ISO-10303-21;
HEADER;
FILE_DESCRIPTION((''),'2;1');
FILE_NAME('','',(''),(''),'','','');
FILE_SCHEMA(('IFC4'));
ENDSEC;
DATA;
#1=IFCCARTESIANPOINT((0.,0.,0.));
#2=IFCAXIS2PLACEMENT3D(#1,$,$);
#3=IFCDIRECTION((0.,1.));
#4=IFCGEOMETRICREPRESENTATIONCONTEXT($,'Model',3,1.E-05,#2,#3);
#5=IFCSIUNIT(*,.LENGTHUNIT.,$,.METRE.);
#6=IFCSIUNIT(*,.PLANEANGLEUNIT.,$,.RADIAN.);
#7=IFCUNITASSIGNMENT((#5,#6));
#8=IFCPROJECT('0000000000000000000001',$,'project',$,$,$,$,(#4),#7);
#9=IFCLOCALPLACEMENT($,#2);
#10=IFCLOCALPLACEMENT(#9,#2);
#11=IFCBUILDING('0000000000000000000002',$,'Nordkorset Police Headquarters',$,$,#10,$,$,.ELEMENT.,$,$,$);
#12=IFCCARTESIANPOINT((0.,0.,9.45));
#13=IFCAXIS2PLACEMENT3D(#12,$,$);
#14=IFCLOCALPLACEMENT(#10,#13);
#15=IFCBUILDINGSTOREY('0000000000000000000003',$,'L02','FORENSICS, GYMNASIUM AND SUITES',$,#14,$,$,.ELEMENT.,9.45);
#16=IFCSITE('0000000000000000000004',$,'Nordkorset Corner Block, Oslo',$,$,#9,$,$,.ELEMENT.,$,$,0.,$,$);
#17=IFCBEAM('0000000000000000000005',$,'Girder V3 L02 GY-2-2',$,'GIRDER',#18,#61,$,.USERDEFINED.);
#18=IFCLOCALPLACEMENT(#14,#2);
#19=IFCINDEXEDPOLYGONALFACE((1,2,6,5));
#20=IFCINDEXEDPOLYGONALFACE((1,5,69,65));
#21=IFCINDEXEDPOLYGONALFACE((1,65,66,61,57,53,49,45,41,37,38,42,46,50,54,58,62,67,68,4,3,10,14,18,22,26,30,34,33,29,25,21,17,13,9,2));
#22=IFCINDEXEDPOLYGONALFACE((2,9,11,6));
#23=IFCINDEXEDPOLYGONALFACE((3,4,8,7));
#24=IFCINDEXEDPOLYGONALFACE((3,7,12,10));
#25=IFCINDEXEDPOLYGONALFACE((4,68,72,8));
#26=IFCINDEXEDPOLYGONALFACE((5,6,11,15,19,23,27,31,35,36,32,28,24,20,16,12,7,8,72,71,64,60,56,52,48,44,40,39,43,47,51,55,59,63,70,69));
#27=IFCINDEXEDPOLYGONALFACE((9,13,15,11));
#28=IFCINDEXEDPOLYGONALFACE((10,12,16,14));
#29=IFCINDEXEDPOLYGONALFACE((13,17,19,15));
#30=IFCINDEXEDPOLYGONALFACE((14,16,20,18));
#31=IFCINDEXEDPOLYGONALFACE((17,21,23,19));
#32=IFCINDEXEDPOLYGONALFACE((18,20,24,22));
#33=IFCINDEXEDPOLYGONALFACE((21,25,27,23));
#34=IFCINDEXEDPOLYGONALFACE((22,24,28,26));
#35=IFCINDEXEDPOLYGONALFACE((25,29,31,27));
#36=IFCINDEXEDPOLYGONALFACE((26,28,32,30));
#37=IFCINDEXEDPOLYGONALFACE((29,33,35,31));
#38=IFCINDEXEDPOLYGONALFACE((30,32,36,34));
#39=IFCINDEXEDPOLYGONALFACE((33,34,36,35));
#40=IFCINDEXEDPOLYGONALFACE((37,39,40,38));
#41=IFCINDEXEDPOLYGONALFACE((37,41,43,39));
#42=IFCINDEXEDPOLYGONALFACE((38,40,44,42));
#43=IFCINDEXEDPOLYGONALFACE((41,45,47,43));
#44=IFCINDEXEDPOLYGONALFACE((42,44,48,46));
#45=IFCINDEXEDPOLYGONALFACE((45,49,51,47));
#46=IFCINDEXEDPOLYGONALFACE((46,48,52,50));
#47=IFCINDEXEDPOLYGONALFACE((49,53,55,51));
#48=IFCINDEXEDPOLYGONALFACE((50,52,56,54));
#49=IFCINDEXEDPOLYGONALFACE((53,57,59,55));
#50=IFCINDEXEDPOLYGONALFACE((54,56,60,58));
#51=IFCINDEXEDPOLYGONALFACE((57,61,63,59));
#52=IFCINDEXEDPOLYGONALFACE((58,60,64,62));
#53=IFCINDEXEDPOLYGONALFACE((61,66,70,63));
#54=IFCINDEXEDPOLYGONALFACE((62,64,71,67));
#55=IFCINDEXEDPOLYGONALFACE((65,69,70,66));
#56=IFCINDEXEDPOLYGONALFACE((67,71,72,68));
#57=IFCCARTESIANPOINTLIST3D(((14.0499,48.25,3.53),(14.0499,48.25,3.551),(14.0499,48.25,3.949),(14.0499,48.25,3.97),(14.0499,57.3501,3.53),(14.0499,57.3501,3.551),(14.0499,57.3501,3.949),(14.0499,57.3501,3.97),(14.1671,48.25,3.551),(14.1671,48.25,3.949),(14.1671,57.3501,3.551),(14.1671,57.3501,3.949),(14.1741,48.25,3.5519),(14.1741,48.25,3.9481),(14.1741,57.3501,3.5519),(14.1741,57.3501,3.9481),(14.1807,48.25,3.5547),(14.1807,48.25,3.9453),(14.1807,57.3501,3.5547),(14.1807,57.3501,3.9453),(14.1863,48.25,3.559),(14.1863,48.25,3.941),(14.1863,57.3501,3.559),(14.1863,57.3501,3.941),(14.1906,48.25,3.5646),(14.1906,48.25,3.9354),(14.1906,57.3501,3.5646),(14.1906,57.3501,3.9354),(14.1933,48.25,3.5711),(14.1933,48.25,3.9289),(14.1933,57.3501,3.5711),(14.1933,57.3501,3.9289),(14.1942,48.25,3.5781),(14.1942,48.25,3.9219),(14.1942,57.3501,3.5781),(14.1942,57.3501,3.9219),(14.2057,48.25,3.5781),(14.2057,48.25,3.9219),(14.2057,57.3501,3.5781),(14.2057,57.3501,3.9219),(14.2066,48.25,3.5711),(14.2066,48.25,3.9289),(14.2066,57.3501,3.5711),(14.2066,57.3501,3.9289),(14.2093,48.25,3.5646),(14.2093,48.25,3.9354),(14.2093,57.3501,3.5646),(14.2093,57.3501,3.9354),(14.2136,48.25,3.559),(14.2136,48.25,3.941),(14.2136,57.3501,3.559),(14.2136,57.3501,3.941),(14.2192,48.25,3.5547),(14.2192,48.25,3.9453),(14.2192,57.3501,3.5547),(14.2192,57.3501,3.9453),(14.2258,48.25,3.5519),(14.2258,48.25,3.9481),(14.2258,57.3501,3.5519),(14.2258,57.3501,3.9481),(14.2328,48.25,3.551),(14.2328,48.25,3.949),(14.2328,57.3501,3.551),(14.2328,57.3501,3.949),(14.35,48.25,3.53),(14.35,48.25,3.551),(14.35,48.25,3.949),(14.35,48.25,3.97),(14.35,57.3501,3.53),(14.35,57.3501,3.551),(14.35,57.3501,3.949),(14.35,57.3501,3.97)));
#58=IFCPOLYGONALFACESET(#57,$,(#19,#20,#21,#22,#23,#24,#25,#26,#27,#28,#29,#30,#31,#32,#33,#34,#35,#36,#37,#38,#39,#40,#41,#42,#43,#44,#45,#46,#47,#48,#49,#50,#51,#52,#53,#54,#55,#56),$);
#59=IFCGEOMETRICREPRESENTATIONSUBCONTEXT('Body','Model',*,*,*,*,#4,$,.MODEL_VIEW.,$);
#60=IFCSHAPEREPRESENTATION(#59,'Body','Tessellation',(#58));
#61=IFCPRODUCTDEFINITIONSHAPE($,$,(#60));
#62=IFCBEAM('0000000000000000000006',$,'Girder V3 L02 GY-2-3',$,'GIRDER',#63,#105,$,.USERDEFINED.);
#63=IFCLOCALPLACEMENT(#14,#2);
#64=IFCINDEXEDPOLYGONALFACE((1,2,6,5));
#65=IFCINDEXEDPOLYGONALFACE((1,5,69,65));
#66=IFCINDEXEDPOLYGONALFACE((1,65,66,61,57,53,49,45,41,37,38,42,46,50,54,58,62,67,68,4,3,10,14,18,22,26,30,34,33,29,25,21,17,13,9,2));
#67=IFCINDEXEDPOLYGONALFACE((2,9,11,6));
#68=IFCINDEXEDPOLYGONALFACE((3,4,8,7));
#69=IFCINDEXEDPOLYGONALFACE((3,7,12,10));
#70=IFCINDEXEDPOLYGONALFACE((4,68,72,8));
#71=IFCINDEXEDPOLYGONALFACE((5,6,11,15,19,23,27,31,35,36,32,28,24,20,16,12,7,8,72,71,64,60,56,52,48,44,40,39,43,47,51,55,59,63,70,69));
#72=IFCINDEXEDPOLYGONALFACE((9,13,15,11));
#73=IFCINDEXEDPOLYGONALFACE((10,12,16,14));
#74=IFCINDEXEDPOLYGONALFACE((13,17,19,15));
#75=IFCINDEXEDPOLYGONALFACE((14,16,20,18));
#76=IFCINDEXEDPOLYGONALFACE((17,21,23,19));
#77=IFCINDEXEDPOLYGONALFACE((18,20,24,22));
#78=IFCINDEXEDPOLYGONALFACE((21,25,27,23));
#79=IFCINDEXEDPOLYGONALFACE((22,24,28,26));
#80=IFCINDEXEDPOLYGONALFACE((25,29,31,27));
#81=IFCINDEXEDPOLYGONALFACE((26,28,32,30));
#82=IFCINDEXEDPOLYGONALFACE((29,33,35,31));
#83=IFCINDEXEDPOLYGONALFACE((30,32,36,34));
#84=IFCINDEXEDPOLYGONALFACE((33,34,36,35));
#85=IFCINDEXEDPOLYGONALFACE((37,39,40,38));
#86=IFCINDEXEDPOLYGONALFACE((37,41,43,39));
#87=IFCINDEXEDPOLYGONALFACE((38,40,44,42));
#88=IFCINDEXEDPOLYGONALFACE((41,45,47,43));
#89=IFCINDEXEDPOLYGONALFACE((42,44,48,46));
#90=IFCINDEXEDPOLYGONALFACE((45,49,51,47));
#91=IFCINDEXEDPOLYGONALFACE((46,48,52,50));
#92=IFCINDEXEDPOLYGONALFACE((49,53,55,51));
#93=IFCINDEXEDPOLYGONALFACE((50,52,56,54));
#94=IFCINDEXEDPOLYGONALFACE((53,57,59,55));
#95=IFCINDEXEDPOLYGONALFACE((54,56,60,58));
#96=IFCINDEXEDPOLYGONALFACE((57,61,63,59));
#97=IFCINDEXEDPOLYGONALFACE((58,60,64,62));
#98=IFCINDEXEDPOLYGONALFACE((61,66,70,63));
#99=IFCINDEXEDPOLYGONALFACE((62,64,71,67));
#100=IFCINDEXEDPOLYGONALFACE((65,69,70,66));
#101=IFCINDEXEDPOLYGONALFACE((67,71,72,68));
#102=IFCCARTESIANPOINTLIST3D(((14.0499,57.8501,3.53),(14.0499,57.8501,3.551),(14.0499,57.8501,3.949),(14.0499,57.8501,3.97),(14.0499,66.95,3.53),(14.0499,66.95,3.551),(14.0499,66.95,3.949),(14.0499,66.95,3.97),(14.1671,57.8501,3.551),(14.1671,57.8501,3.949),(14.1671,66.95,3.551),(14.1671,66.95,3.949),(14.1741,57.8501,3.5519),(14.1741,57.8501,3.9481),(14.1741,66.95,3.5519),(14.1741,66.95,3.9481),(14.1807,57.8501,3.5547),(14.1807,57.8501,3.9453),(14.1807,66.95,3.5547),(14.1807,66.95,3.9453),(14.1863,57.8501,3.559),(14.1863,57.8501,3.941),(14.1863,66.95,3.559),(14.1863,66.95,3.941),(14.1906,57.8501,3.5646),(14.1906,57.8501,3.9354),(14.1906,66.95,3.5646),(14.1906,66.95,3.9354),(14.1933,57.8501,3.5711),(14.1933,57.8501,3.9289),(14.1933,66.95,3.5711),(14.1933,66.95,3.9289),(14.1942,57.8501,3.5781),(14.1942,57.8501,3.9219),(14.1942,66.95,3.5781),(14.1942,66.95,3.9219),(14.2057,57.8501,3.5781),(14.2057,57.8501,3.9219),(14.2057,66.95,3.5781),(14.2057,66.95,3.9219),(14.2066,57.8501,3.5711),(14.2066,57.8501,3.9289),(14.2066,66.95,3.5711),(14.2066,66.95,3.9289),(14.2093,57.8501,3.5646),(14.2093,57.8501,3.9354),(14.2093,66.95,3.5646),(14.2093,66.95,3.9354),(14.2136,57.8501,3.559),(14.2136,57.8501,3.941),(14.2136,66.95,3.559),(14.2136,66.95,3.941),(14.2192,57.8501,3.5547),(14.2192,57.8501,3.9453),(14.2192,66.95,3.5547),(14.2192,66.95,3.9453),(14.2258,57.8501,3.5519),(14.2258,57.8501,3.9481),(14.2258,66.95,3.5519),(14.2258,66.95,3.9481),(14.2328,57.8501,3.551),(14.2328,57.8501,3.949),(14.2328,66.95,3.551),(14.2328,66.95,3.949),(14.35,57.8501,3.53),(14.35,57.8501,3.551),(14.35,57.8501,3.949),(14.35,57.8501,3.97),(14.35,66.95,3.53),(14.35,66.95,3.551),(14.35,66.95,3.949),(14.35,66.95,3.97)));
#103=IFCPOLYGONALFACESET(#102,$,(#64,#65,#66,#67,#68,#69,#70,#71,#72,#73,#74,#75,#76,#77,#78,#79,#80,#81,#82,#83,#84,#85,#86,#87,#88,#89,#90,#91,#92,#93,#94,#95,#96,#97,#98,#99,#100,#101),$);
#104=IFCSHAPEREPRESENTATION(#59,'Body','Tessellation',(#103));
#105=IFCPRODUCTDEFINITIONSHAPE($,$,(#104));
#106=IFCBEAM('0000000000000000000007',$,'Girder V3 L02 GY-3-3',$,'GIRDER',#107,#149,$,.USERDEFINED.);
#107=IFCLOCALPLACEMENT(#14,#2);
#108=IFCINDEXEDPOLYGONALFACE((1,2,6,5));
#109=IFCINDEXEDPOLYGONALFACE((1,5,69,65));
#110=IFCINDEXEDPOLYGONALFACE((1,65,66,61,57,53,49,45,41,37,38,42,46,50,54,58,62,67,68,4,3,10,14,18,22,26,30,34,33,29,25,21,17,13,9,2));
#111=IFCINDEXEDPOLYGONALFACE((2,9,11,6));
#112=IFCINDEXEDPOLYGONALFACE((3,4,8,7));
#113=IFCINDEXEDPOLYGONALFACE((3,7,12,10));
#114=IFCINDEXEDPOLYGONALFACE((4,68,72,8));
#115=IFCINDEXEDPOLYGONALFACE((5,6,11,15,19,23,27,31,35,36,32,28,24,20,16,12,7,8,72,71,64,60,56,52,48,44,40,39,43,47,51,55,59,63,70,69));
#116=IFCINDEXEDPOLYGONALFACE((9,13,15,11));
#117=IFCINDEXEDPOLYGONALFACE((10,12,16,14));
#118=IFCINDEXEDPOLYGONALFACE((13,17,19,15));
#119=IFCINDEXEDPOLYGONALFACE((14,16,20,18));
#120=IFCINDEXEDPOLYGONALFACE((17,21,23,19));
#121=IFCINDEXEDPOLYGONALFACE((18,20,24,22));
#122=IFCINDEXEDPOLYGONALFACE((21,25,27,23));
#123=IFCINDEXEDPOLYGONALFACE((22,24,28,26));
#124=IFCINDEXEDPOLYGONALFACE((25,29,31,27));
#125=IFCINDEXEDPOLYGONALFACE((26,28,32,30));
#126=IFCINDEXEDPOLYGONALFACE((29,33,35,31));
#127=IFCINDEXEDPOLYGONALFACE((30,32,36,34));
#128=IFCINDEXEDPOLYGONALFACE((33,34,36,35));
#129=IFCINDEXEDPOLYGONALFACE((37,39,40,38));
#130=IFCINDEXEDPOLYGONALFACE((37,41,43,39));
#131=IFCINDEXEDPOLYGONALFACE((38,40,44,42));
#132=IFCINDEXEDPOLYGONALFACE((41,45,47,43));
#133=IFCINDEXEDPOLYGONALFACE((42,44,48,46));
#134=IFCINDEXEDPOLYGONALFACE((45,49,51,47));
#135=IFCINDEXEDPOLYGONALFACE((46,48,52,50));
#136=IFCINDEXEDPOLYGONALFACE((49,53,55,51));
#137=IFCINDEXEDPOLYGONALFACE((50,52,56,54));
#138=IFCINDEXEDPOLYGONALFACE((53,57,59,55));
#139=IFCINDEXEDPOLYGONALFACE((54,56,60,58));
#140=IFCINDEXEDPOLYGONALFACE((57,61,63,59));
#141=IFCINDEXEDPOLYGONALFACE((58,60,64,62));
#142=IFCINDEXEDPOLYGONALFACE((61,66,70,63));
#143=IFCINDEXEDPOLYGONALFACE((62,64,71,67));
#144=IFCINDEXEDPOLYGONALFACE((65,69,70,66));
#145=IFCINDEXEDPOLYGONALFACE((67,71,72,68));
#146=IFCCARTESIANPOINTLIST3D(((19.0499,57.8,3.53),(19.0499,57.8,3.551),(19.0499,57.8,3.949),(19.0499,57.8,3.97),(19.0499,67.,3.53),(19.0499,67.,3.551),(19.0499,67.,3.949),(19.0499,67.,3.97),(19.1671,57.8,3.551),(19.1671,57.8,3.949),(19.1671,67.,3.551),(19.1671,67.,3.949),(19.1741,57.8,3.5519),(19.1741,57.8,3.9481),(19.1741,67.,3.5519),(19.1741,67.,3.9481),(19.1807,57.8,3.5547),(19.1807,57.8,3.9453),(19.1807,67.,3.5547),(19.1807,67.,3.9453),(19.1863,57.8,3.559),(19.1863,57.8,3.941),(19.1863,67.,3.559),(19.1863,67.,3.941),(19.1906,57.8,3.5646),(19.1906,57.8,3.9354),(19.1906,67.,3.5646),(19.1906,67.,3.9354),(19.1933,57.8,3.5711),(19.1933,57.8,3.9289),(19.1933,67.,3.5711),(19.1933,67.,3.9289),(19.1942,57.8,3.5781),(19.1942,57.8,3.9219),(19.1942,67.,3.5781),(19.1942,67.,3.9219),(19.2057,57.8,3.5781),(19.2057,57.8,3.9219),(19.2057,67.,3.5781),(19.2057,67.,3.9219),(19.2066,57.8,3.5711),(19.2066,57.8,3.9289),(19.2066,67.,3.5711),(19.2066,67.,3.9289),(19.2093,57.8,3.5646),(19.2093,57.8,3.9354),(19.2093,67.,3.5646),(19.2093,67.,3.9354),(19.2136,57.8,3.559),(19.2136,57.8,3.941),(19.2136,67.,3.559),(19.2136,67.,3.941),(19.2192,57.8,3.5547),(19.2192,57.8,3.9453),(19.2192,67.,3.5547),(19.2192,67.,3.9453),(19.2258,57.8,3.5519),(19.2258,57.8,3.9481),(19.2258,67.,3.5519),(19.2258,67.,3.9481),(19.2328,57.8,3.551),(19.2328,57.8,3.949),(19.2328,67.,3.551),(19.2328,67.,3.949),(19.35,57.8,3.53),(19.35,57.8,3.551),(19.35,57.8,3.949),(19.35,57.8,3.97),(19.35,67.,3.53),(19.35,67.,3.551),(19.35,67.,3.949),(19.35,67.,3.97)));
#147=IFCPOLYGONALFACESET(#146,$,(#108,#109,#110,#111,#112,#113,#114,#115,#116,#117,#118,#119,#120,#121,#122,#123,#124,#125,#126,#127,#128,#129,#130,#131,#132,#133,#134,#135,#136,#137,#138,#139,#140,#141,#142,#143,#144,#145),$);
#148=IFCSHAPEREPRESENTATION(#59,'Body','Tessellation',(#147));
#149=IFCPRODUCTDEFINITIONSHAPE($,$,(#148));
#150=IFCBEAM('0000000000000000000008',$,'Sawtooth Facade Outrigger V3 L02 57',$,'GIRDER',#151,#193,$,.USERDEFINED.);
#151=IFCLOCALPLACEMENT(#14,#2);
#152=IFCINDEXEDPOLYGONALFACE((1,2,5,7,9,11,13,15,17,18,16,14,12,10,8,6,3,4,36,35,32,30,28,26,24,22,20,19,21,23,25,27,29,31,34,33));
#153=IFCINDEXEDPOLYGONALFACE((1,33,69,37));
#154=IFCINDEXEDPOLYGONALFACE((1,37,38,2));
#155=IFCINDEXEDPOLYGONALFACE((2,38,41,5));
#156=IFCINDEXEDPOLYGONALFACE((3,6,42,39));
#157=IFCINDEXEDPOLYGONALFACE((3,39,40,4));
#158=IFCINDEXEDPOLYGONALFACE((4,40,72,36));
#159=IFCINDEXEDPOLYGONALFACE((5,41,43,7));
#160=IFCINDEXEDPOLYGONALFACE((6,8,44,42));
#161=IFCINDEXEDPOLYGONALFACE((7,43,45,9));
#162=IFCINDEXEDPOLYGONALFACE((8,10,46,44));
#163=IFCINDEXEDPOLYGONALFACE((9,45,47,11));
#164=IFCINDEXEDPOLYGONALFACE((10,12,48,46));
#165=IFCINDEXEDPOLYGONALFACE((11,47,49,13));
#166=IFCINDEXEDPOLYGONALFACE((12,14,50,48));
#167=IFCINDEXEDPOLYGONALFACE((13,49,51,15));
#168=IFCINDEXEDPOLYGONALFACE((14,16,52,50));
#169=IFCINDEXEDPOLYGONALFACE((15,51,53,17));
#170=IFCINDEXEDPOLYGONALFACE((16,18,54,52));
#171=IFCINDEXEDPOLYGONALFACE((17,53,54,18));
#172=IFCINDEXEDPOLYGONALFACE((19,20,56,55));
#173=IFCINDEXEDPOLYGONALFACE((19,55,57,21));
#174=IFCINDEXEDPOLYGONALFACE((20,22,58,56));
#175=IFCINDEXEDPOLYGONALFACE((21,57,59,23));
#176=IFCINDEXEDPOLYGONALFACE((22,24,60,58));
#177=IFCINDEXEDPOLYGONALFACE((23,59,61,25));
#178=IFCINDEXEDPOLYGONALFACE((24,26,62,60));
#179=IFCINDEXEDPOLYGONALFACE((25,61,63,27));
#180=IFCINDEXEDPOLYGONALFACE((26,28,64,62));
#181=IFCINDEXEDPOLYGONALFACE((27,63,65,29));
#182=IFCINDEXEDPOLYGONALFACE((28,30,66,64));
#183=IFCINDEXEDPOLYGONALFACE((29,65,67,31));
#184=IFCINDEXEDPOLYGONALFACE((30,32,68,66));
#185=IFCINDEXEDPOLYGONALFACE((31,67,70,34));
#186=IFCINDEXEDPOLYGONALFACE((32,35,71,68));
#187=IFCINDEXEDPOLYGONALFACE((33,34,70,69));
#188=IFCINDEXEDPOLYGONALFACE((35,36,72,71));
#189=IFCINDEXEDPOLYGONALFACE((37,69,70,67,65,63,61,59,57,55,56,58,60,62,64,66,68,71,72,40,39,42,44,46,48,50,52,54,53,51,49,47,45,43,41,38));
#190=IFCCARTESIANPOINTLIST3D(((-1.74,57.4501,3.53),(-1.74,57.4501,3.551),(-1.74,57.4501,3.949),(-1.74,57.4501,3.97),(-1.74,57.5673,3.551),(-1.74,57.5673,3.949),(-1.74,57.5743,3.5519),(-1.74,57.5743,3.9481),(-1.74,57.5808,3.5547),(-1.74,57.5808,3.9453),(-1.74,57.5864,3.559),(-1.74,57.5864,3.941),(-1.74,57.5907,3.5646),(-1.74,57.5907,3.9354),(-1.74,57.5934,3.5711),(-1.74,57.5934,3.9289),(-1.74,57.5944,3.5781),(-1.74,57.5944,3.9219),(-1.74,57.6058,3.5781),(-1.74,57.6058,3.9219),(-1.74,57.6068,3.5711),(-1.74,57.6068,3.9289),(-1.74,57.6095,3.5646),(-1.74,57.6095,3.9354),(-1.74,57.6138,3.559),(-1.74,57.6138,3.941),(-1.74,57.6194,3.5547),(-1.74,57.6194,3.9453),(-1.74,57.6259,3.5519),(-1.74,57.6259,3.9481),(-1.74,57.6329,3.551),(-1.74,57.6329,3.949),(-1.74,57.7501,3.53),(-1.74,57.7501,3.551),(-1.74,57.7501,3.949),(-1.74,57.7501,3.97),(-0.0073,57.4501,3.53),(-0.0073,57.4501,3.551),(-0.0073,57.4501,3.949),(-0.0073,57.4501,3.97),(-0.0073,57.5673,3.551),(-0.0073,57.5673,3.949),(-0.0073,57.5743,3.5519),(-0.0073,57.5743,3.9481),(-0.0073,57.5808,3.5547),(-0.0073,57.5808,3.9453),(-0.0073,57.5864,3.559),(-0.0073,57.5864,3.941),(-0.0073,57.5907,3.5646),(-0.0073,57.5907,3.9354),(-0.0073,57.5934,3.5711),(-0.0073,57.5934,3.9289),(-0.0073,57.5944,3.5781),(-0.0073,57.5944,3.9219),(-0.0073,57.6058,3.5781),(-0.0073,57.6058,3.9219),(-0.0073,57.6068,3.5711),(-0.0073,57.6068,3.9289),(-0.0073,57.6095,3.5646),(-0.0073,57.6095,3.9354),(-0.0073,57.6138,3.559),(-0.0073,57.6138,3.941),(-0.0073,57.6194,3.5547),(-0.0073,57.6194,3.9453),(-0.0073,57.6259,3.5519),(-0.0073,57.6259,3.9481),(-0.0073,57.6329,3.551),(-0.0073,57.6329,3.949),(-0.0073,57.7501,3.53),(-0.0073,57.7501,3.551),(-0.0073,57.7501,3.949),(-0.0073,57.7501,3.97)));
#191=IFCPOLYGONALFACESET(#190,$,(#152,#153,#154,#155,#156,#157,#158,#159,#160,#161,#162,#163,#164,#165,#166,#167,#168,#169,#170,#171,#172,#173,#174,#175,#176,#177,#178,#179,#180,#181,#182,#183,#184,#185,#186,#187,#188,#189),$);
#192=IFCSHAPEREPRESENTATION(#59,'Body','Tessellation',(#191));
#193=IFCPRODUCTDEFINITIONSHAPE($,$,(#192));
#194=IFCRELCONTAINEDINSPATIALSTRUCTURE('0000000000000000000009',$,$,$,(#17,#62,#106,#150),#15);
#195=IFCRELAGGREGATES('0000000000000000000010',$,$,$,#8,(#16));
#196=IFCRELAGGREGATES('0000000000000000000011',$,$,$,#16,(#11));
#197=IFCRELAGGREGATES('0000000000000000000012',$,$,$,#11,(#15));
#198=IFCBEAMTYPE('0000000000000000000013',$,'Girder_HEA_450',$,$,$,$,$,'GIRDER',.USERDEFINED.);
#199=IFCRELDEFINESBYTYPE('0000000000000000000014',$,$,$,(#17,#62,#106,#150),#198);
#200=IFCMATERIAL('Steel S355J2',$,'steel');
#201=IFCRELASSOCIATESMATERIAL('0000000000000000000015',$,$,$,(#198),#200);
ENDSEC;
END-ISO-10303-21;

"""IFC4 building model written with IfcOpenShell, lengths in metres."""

from ifc_helpers import new_model, si_unit, direction, frame, origin, origin_2d, place, context, subcontext, project, spatial, i_section, extrude, material, material_profile, profile_set, type_object, element, save


model = new_model("IFC4")

# Units and contexts
model_context = context("Model", 3, precision=1e-05, world=origin(), true_north=direction((0.0, 1.0)))
body_context = subcontext(model_context, "Body", "Model", "MODEL_VIEW")
ifc_project = project(units=[si_unit("LENGTHUNIT", "METRE"), si_unit("PLANEANGLEUNIT", "RADIAN")], contexts=[model_context])

# Site, building, storey
site_placement = place(None, origin())
site = spatial("IfcSite", under=ifc_project, at=site_placement, Name="Nordkorset Corner Block, Oslo", CompositionType="ELEMENT", RefElevation=0.0)
building_placement = place(site_placement, origin())
building = spatial("IfcBuilding", under=site, at=building_placement, Name="Nordkorset Police Headquarters", CompositionType="ELEMENT")
storey_placement = place(building_placement, frame((0.0, 0.0, 9.45)))
storey = spatial("IfcBuildingStorey", under=building, at=storey_placement, Name="L02", Description="FORENSICS, GYMNASIUM AND SUITES", CompositionType="ELEMENT", Elevation=9.45)

# Beams
ifc_material_1 = material(Name="Steel S355J2", Category="steel")
ifc_material_profile_1 = material_profile(ifc_material_1, i_section(OverallWidth=0.3, OverallDepth=0.4399, WebThickness=0.0115, FlangeThickness=0.021, FilletRadius=0.0271, at=origin_2d()), Name="HEA 450")
ifc_profile_set_1 = profile_set([ifc_material_profile_1], Name="Steel S355J2")
beam_type_1 = type_object("IfcBeamType", Name="Girder_HEA_450", ElementType="GIRDER", PredefinedType="USERDEFINED", material=ifc_profile_set_1)
beam_1_placement = place(storey_placement, frame((14.2, 48.25, 3.75), z_axis=(0.0, 1.0, 0.0), x_axis=(-1.0, 0.0, 0.0)))
element("IfcBeam", 1, at=beam_1_placement, inside=storey, type_object=beam_type_1, Name="Girder V3 L02 GY-2-2", ObjectType="GIRDER", PredefinedType="USERDEFINED", context=body_context, shape_type="SweptSolid", body=[
    extrude(i_section(OverallWidth=0.3, OverallDepth=0.4399, WebThickness=0.0115, FlangeThickness=0.021, FilletRadius=0.0271, at=origin_2d()), origin(), (0.0, 0.0, 1.0), 9.1001),
])
beam_2_placement = place(storey_placement, frame((14.2, 57.8501, 3.75), z_axis=(0.0, 1.0, 0.0), x_axis=(-1.0, 0.0, 0.0)))
element("IfcBeam", 2, at=beam_2_placement, inside=storey, type_object=beam_type_1, Name="Girder V3 L02 GY-2-3", ObjectType="GIRDER", PredefinedType="USERDEFINED", context=body_context, shape_type="SweptSolid", body=[
    extrude(i_section(OverallWidth=0.3, OverallDepth=0.4399, WebThickness=0.0115, FlangeThickness=0.021, FilletRadius=0.0271, at=origin_2d()), origin(), (0.0, 0.0, 1.0), 9.0999),
])
beam_3_placement = place(storey_placement, frame((19.2, 57.8, 3.75), z_axis=(0.0, 1.0, 0.0), x_axis=(-1.0, 0.0, 0.0)))
element("IfcBeam", 3, at=beam_3_placement, inside=storey, type_object=beam_type_1, Name="Girder V3 L02 GY-3-3", ObjectType="GIRDER", PredefinedType="USERDEFINED", context=body_context, shape_type="SweptSolid", body=[
    extrude(i_section(OverallWidth=0.3, OverallDepth=0.4399, WebThickness=0.0115, FlangeThickness=0.021, FilletRadius=0.0271, at=origin_2d()), origin(), (0.0, 0.0, 1.0), 9.2),
])
beam_4_placement = place(storey_placement, frame((-0.0073, 57.6001, 3.75), z_axis=(-1.0, 0.0, 0.0), x_axis=(0.0, -1.0, 0.0)))
element("IfcBeam", 4, at=beam_4_placement, inside=storey, type_object=beam_type_1, Name="Sawtooth Facade Outrigger V3 L02 57", ObjectType="GIRDER", PredefinedType="USERDEFINED", context=body_context, shape_type="SweptSolid", body=[
    extrude(i_section(OverallWidth=0.3, OverallDepth=0.4399, WebThickness=0.0115, FlangeThickness=0.021, FilletRadius=0.0271, at=origin_2d()), origin(), (0.0, 0.0, 1.0), 1.7327),
])

save(model, "model.ifc")
